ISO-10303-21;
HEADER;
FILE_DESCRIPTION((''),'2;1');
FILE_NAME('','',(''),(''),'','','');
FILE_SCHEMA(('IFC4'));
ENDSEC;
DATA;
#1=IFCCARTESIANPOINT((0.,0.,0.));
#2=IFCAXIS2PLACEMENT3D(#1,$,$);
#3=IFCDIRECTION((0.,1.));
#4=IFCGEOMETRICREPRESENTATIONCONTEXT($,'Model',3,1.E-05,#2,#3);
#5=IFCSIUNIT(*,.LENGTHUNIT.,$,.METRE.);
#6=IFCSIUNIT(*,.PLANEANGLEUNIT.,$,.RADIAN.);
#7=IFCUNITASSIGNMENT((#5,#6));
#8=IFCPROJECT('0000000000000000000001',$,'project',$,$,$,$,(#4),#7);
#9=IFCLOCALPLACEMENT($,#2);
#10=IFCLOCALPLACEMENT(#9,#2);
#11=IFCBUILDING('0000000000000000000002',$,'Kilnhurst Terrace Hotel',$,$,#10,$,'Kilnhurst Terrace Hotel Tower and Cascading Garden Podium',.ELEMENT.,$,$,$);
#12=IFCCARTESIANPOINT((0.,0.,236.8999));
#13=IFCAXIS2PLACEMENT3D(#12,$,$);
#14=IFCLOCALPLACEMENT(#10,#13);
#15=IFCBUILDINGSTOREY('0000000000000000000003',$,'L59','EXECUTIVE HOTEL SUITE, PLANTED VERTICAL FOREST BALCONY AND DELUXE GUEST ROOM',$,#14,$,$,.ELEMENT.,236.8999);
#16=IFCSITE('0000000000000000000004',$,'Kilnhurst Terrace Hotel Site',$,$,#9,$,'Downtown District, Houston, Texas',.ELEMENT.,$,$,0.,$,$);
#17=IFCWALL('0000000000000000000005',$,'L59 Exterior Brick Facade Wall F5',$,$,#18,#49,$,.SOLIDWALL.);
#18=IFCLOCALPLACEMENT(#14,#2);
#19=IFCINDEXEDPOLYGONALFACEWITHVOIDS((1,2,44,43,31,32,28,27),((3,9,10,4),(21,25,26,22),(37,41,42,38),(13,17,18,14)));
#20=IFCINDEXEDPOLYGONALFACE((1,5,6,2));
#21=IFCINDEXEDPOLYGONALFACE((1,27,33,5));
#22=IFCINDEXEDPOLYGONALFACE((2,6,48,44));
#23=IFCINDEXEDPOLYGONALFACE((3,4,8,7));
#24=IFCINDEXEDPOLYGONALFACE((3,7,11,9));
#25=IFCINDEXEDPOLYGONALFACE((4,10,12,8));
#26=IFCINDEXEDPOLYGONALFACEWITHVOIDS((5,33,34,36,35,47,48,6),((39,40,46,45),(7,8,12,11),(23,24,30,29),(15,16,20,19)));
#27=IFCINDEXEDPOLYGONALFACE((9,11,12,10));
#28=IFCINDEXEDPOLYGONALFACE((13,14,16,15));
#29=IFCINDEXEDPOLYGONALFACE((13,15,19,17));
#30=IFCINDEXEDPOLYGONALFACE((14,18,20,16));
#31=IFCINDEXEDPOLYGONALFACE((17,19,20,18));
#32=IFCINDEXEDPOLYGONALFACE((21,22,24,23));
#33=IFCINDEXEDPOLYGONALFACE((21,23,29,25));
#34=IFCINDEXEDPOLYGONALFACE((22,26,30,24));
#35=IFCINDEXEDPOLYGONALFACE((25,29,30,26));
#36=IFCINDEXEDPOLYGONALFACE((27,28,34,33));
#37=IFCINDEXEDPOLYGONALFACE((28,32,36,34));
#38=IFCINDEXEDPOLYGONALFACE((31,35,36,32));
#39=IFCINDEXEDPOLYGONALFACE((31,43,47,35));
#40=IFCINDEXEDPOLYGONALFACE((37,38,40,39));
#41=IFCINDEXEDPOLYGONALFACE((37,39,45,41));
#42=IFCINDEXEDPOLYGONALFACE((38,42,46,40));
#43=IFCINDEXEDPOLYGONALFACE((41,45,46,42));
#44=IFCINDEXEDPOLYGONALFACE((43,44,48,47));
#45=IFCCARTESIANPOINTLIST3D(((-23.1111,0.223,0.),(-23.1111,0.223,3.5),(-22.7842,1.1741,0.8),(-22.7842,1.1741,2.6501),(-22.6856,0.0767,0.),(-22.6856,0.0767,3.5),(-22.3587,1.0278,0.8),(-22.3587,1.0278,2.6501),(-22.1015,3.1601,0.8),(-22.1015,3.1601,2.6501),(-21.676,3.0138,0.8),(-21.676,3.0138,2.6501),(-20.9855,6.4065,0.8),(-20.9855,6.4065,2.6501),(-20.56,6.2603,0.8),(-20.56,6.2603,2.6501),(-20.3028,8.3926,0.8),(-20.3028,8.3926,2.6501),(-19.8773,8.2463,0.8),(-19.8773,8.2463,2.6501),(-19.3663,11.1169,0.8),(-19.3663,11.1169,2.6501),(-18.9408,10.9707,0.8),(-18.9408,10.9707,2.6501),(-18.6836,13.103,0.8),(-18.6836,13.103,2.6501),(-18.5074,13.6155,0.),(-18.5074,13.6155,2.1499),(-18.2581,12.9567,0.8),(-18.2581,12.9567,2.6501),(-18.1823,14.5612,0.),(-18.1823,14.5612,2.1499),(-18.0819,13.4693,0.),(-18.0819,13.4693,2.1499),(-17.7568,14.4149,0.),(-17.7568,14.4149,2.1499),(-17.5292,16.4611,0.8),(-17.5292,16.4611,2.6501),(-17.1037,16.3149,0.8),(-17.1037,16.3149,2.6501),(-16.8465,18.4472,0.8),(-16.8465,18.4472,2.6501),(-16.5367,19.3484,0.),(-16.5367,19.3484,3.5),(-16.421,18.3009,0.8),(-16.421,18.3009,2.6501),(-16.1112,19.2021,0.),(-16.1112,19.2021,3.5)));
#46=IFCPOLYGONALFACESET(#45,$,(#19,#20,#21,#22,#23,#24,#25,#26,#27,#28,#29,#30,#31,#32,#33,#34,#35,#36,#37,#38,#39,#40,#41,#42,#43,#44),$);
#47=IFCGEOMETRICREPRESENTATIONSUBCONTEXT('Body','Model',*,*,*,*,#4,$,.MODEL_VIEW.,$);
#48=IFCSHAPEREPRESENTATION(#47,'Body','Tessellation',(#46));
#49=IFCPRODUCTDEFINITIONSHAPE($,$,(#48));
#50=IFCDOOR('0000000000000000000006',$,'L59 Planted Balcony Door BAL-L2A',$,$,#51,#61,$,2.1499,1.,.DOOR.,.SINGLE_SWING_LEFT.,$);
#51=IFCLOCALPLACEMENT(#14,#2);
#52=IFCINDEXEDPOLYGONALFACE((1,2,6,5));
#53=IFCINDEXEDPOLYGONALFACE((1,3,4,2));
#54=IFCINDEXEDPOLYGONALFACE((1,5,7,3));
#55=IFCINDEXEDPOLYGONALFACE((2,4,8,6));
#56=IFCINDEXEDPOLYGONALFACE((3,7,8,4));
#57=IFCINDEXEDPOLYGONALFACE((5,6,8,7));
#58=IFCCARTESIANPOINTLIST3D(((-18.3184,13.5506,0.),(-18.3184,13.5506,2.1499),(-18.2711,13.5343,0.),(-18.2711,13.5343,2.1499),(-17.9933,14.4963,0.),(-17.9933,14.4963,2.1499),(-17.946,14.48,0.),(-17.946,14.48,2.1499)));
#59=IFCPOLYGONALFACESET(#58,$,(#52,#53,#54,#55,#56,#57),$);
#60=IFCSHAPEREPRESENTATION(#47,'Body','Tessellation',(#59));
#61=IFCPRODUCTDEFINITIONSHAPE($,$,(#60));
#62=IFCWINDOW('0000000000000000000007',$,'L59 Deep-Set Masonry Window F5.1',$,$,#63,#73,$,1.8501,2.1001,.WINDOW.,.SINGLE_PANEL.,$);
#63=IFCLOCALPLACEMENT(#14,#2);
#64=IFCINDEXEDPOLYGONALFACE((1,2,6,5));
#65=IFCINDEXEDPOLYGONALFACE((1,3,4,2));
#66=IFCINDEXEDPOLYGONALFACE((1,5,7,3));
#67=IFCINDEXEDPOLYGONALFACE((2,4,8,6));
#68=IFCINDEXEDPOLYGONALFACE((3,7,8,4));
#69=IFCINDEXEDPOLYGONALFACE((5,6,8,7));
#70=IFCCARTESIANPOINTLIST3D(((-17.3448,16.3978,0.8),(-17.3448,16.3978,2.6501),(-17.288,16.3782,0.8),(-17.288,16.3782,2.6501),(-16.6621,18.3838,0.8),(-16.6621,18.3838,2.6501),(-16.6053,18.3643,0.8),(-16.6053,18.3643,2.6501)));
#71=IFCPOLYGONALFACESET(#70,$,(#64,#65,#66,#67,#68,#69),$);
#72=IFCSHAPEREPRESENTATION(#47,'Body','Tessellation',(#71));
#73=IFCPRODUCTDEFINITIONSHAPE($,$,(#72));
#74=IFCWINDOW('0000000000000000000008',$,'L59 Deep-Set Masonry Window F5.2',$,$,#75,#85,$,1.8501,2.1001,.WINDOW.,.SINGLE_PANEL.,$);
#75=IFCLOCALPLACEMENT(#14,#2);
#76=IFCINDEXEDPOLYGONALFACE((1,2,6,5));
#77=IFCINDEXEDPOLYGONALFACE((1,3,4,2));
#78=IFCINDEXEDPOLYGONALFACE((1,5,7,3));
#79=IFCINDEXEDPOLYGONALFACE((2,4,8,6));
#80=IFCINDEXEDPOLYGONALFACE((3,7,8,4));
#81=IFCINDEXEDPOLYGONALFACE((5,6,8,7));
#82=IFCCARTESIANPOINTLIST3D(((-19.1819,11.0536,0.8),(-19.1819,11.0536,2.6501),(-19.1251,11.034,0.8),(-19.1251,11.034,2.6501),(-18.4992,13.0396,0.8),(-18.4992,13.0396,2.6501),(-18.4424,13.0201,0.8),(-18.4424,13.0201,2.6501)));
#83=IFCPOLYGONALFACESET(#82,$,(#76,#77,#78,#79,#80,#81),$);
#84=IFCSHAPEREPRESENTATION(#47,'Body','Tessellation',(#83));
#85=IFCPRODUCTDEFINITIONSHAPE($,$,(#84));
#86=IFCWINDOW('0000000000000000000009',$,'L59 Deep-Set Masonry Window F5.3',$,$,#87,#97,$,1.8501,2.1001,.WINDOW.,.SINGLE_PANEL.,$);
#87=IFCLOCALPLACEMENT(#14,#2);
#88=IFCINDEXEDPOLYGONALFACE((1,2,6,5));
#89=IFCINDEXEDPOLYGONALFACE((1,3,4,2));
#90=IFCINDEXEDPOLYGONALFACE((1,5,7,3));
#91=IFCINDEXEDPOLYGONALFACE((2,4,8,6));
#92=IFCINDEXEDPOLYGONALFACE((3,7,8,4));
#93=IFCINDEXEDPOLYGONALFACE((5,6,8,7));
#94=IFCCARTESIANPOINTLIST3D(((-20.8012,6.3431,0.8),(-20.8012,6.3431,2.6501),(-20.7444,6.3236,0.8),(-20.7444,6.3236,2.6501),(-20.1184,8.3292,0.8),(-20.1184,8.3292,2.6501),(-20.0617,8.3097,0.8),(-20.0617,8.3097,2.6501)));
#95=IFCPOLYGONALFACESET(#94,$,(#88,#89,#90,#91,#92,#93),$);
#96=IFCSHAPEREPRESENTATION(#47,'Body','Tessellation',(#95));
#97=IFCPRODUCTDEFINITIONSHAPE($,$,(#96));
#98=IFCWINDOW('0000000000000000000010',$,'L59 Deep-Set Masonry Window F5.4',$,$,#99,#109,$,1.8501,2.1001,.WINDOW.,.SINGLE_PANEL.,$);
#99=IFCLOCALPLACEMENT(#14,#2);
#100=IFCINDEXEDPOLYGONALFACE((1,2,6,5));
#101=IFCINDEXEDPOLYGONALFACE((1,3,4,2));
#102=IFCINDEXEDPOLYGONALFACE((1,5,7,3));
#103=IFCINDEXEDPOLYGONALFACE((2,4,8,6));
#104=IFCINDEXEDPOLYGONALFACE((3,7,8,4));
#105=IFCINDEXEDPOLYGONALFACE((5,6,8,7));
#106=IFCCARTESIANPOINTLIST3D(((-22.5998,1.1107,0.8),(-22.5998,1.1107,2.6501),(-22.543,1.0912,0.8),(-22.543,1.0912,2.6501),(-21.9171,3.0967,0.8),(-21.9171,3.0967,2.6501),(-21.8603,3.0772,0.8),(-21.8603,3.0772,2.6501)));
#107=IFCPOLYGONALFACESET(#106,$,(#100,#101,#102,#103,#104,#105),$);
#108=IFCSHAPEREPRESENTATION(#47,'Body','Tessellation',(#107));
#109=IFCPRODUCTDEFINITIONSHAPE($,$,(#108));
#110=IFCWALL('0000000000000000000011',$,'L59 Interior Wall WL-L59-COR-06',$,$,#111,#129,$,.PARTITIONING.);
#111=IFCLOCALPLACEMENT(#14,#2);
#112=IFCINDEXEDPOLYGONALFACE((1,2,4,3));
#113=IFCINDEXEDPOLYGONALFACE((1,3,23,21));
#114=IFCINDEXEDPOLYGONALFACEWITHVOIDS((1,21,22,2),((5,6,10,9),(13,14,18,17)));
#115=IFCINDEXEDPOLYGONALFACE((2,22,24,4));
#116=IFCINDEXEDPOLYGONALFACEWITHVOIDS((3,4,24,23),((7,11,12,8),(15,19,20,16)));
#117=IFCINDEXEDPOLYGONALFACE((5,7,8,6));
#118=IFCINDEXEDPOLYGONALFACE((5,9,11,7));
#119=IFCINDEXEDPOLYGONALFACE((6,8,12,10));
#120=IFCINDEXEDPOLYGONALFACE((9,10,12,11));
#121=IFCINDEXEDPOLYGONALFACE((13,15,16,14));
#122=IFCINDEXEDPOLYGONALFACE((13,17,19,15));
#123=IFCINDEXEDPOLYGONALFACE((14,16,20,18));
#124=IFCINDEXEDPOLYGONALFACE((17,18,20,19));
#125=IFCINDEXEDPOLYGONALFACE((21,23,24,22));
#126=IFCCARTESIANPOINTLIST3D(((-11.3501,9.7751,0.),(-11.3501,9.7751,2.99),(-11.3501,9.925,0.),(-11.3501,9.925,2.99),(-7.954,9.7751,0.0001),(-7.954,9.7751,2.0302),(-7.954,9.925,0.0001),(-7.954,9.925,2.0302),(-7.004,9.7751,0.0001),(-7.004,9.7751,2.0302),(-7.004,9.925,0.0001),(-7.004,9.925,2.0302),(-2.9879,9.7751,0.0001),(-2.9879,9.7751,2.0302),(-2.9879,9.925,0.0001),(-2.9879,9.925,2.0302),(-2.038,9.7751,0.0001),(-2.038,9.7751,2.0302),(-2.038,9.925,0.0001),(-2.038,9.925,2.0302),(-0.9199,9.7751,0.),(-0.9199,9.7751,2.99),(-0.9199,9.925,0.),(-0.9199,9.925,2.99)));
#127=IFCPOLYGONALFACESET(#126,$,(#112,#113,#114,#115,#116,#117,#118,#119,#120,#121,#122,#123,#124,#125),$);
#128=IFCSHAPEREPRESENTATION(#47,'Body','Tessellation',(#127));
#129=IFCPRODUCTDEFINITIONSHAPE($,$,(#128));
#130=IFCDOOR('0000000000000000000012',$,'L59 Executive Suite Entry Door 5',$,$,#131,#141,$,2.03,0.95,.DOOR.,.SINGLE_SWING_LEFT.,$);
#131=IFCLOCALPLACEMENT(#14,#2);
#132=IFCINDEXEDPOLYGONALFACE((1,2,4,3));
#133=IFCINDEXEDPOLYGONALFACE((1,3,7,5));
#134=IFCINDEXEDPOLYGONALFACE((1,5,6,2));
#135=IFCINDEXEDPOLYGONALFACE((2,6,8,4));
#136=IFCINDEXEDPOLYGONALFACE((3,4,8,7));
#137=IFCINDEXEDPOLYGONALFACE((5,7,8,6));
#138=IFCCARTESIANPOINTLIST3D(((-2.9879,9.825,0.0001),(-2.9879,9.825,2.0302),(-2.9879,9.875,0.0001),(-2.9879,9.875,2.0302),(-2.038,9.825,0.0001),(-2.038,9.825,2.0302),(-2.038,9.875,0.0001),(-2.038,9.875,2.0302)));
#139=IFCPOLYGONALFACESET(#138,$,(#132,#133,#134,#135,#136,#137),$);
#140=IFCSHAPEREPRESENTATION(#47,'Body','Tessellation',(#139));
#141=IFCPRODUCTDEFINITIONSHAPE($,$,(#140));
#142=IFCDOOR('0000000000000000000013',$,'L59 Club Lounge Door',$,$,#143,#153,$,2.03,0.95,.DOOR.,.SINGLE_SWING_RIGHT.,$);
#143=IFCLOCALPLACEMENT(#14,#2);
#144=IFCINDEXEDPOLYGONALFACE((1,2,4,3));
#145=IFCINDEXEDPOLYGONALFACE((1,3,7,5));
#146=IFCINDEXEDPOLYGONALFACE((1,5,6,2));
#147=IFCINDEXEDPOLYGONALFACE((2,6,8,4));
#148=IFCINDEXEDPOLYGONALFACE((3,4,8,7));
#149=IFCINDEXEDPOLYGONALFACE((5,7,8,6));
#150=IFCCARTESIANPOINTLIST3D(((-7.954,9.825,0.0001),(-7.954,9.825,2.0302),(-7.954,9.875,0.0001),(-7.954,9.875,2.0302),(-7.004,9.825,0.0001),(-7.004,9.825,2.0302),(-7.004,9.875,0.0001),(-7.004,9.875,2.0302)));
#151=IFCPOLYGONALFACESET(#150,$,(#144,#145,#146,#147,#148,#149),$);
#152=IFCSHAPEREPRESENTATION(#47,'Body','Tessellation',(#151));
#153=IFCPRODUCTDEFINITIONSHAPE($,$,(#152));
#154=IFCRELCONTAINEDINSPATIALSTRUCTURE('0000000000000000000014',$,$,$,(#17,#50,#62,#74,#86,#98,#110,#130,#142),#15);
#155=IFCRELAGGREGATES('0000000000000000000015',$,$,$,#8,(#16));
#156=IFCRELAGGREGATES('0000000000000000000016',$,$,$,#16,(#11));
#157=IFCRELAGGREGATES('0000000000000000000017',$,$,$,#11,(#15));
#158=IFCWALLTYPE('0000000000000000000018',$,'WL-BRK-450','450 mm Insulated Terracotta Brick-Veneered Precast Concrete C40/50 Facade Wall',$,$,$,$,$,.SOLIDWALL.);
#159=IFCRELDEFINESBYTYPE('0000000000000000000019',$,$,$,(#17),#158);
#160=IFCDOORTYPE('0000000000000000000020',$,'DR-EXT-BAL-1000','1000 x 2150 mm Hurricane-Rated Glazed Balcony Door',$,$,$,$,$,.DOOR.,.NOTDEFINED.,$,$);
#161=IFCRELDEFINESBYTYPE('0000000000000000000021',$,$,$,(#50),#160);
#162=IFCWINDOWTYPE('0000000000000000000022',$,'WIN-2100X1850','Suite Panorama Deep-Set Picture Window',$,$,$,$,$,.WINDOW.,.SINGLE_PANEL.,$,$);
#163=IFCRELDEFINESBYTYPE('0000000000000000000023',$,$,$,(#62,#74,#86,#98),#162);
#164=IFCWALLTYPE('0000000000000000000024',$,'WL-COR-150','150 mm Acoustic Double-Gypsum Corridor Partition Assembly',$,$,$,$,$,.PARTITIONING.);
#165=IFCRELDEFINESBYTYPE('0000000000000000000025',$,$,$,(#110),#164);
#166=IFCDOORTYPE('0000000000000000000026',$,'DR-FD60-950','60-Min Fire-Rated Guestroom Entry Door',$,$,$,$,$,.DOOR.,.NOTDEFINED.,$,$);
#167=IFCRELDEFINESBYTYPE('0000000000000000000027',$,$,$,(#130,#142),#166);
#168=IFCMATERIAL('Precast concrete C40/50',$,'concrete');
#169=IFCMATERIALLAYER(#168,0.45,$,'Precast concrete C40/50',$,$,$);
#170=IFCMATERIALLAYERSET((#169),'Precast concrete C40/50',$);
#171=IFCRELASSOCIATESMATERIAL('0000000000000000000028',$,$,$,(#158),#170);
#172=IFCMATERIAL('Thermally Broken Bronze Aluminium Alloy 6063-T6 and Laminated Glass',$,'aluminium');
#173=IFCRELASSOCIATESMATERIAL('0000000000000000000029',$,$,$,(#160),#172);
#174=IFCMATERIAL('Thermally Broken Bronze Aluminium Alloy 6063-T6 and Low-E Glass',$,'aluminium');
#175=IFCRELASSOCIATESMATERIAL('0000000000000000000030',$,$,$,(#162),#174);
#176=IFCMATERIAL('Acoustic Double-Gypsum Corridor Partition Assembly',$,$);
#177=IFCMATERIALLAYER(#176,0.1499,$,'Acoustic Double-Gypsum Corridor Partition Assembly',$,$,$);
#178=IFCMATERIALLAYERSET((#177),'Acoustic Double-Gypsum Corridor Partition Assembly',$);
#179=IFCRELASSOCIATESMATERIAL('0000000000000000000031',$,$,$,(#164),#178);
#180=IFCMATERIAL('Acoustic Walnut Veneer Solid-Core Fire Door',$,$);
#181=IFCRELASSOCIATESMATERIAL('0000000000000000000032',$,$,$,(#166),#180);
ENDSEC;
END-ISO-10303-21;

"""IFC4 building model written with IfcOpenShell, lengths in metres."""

from ifc_helpers import new_model, si_unit, direction, frame, frame_2d, origin, place, context, subcontext, project, spatial, rectangle, extrude, material, layer, layer_set, type_object, element, fill, save


model = new_model("IFC4")

# Units and contexts
model_context = context("Model", 3, precision=1e-05, world=origin(), true_north=direction((0.0, 1.0)))
body_context = subcontext(model_context, "Body", "Model", "MODEL_VIEW")
ifc_project = project(units=[si_unit("LENGTHUNIT", "METRE"), si_unit("PLANEANGLEUNIT", "RADIAN")], contexts=[model_context])

# Site, building, storey
site_placement = place(None, origin())
site = spatial("IfcSite", under=ifc_project, at=site_placement, Name="Kilnhurst Terrace Hotel Site", LongName="Downtown District, Houston, Texas", CompositionType="ELEMENT", RefElevation=0.0)
building_placement = place(site_placement, origin())
building = spatial("IfcBuilding", under=site, at=building_placement, Name="Kilnhurst Terrace Hotel", LongName="Kilnhurst Terrace Hotel Tower and Cascading Garden Podium", CompositionType="ELEMENT")
storey_placement = place(building_placement, frame((0.0, 0.0, 236.8999)))
storey = spatial("IfcBuildingStorey", under=building, at=storey_placement, Name="L59", Description="EXECUTIVE HOTEL SUITE, PLANTED VERTICAL FOREST BALCONY AND DELUXE GUEST ROOM", CompositionType="ELEMENT", Elevation=236.8999)

# Shared definitions
ifc_material_1 = material(Name="Precast concrete C40/50", Category="concrete")
ifc_layer_1 = layer(ifc_material_1, 0.45, Name="Precast concrete C40/50")
ifc_layer_set_1 = layer_set([ifc_layer_1], Name="Precast concrete C40/50")
wall_type_1 = type_object("IfcWallType", Name="WL-BRK-450", Description="450 mm Insulated Terracotta Brick-Veneered Precast Concrete C40/50 Facade Wall", PredefinedType="SOLIDWALL", material=ifc_layer_set_1)

# Wall, openings, door, windows
wall_1_placement = place(storey_placement, frame((-16.324, 19.2751, 0.0), z_axis=(0.0, 0.0, 1.0), x_axis=(-0.325083, -0.945685, 0.0)))
wall_1 = element("IfcWall", 1, at=wall_1_placement, inside=storey, type_object=wall_type_1, Name="L59 Exterior Brick Facade Wall F5", PredefinedType="SOLIDWALL", context=body_context, shape_type="SweptSolid", body=[
    extrude(rectangle(XDim=20.2239, YDim=0.45, at=frame_2d((10.1118, 0.0))), origin(), (0.0, 0.0, 1.0), 3.5),
])
opening_1_placement = place(wall_1_placement, frame((5.062, 0.0, 0.0)))
opening_1 = element("IfcOpeningElement", 2, at=opening_1_placement, cuts=wall_1, PredefinedType="OPENING", context=body_context, shape_type="SweptSolid", body=[
    extrude(rectangle(XDim=1.0, YDim=2.1499, at=frame_2d((0.5, 1.075))), frame((0.0, 0.2349, 0.0), z_axis=(0.0, -1.0, 0.0), x_axis=(1.0, 0.0, 0.0)), (0.0, 0.0, 1.0), 0.47),
])
opening_2_placement = place(wall_1_placement, frame((0.9529, 0.0, 0.8)))
opening_2 = element("IfcOpeningElement", 3, at=opening_2_placement, cuts=wall_1, PredefinedType="OPENING", context=body_context, shape_type="SweptSolid", body=[
    extrude(rectangle(XDim=2.1001, YDim=1.8501, at=frame_2d((1.05, 0.925))), frame((0.0, 0.2349, 0.0), z_axis=(0.0, -1.0, 0.0), x_axis=(1.0, 0.0, 0.0)), (0.0, 0.0, 1.0), 0.47),
])
opening_3_placement = place(wall_1_placement, frame((6.604, 0.0, 0.8)))
opening_3 = element("IfcOpeningElement", 4, at=opening_3_placement, cuts=wall_1, PredefinedType="OPENING", context=body_context, shape_type="SweptSolid", body=[
    extrude(rectangle(XDim=2.1001, YDim=1.8501, at=frame_2d((1.05, 0.925))), frame((0.0, 0.2349, 0.0), z_axis=(0.0, -1.0, 0.0), x_axis=(1.0, 0.0, 0.0)), (0.0, 0.0, 1.0), 0.47),
])
opening_4_placement = place(wall_1_placement, frame((11.585, 0.0, 0.8)))
opening_4 = element("IfcOpeningElement", 5, at=opening_4_placement, cuts=wall_1, PredefinedType="OPENING", context=body_context, shape_type="SweptSolid", body=[
    extrude(rectangle(XDim=2.1001, YDim=1.8501, at=frame_2d((1.05, 0.925))), frame((0.0, 0.2349, 0.0), z_axis=(0.0, -1.0, 0.0), x_axis=(1.0, 0.0, 0.0)), (0.0, 0.0, 1.0), 0.47),
])
opening_5_placement = place(wall_1_placement, frame((17.1179, 0.0, 0.8)))
opening_5 = element("IfcOpeningElement", 6, at=opening_5_placement, cuts=wall_1, PredefinedType="OPENING", context=body_context, shape_type="SweptSolid", body=[
    extrude(rectangle(XDim=2.1001, YDim=1.8501, at=frame_2d((1.05, 0.925))), frame((0.0, 0.2349, 0.0), z_axis=(0.0, -1.0, 0.0), x_axis=(1.0, 0.0, 0.0)), (0.0, 0.0, 1.0), 0.47),
])
ifc_material_2 = material(Name="Thermally Broken Bronze Aluminium Alloy 6063-T6 and Laminated Glass", Category="aluminium")
door_type_1 = type_object("IfcDoorType", Name="DR-EXT-BAL-1000", Description="1000 x 2150 mm Hurricane-Rated Glazed Balcony Door", OperationType="NOTDEFINED", PredefinedType="DOOR", material=ifc_material_2)
door_1_placement = place(opening_1_placement, origin())
door_1 = element("IfcDoor", 7, at=door_1_placement, inside=storey, type_object=door_type_1, Name="L59 Planted Balcony Door BAL-L2A", OperationType="SINGLE_SWING_LEFT", OverallHeight=2.1499, OverallWidth=1.0, PredefinedType="DOOR", context=body_context, shape_type="SweptSolid", body=[
    extrude(rectangle(XDim=1.0, YDim=2.1499, at=frame_2d((0.5, 1.075))), frame((0.0, 0.0249, 0.0), z_axis=(0.0, -1.0, 0.0), x_axis=(1.0, 0.0, 0.0)), (0.0, 0.0, 1.0), 0.05),
])
fill(opening_1, door_1)
ifc_material_3 = material(Name="Thermally Broken Bronze Aluminium Alloy 6063-T6 and Low-E Glass", Category="aluminium")
window_type = type_object("IfcWindowType", Name="WIN-2100X1850", Description="Suite Panorama Deep-Set Picture Window", PartitioningType="SINGLE_PANEL", PredefinedType="WINDOW", material=ifc_material_3)
window_1_placement = place(opening_2_placement, origin())
window_1 = element("IfcWindow", 8, at=window_1_placement, inside=storey, type_object=window_type, Name="L59 Deep-Set Masonry Window F5.1", OverallHeight=1.8501, OverallWidth=2.1001, PartitioningType="SINGLE_PANEL", PredefinedType="WINDOW", context=body_context, shape_type="SweptSolid", body=[
    extrude(rectangle(XDim=2.1001, YDim=1.8501, at=frame_2d((1.05, 0.925))), frame((0.0, 0.03, 0.0), z_axis=(0.0, -1.0, 0.0), x_axis=(1.0, 0.0, 0.0)), (0.0, 0.0, 1.0), 0.0601),
])
fill(opening_2, window_1)
window_2_placement = place(opening_3_placement, origin())
window_2 = element("IfcWindow", 9, at=window_2_placement, inside=storey, type_object=window_type, Name="L59 Deep-Set Masonry Window F5.2", OverallHeight=1.8501, OverallWidth=2.1001, PartitioningType="SINGLE_PANEL", PredefinedType="WINDOW", context=body_context, shape_type="SweptSolid", body=[
    extrude(rectangle(XDim=2.1001, YDim=1.8501, at=frame_2d((1.05, 0.925))), frame((0.0, 0.03, 0.0), z_axis=(0.0, -1.0, 0.0), x_axis=(1.0, 0.0, 0.0)), (0.0, 0.0, 1.0), 0.0601),
])
fill(opening_3, window_2)
window_3_placement = place(opening_4_placement, origin())
window_3 = element("IfcWindow", 10, at=window_3_placement, inside=storey, type_object=window_type, Name="L59 Deep-Set Masonry Window F5.3", OverallHeight=1.8501, OverallWidth=2.1001, PartitioningType="SINGLE_PANEL", PredefinedType="WINDOW", context=body_context, shape_type="SweptSolid", body=[
    extrude(rectangle(XDim=2.1001, YDim=1.8501, at=frame_2d((1.05, 0.925))), frame((0.0, 0.03, 0.0), z_axis=(0.0, -1.0, 0.0), x_axis=(1.0, 0.0, 0.0)), (0.0, 0.0, 1.0), 0.0601),
])
fill(opening_4, window_3)
window_4_placement = place(opening_5_placement, origin())
window_4 = element("IfcWindow", 11, at=window_4_placement, inside=storey, type_object=window_type, Name="L59 Deep-Set Masonry Window F5.4", OverallHeight=1.8501, OverallWidth=2.1001, PartitioningType="SINGLE_PANEL", PredefinedType="WINDOW", context=body_context, shape_type="SweptSolid", body=[
    extrude(rectangle(XDim=2.1001, YDim=1.8501, at=frame_2d((1.05, 0.925))), frame((0.0, 0.03, 0.0), z_axis=(0.0, -1.0, 0.0), x_axis=(1.0, 0.0, 0.0)), (0.0, 0.0, 1.0), 0.0601),
])
fill(opening_5, window_4)

# Wall, openings, doors
ifc_material_4 = material(Name="Acoustic Double-Gypsum Corridor Partition Assembly")
ifc_layer_2 = layer(ifc_material_4, 0.1499, Name="Acoustic Double-Gypsum Corridor Partition Assembly")
ifc_layer_set_2 = layer_set([ifc_layer_2], Name="Acoustic Double-Gypsum Corridor Partition Assembly")
wall_type_2 = type_object("IfcWallType", Name="WL-COR-150", Description="150 mm Acoustic Double-Gypsum Corridor Partition Assembly", PredefinedType="PARTITIONING", material=ifc_layer_set_2)
wall_2_placement = place(storey_placement, frame((-11.3501, 9.8501, 0.0), z_axis=(0.0, 0.0, 1.0), x_axis=(1.0, 0.0, 0.0)))
wall_2 = element("IfcWall", 12, at=wall_2_placement, inside=storey, type_object=wall_type_2, Name="L59 Interior Wall WL-L59-COR-06", PredefinedType="PARTITIONING", context=body_context, shape_type="SweptSolid", body=[
    extrude(rectangle(XDim=10.4302, YDim=0.1499, at=frame_2d((5.2151, 0.0))), origin(), (0.0, 0.0, 1.0), 2.99),
])
opening_6_placement = place(wall_2_placement, frame((8.3621, 0.0, 0.0)))
opening_6 = element("IfcOpeningElement", 13, at=opening_6_placement, cuts=wall_2, PredefinedType="OPENING", context=body_context, shape_type="SweptSolid", body=[
    extrude(rectangle(XDim=0.95, YDim=2.03, at=frame_2d((0.4751, 1.0151))), frame((0.0, 0.085, 0.0), z_axis=(0.0, -1.0, 0.0), x_axis=(1.0, 0.0, 0.0)), (0.0, 0.0, 1.0), 0.1699),
])
opening_7_placement = place(wall_2_placement, frame((3.396, 0.0, 0.0)))
opening_7 = element("IfcOpeningElement", 14, at=opening_7_placement, cuts=wall_2, PredefinedType="OPENING", context=body_context, shape_type="SweptSolid", body=[
    extrude(rectangle(XDim=0.95, YDim=2.03, at=frame_2d((0.4751, 1.0151))), frame((0.0, 0.085, 0.0), z_axis=(0.0, -1.0, 0.0), x_axis=(1.0, 0.0, 0.0)), (0.0, 0.0, 1.0), 0.1699),
])
ifc_material_5 = material(Name="Acoustic Walnut Veneer Solid-Core Fire Door")
door_type_2 = type_object("IfcDoorType", Name="DR-FD60-950", Description="60-Min Fire-Rated Guestroom Entry Door", OperationType="NOTDEFINED", PredefinedType="DOOR", material=ifc_material_5)
door_2_placement = place(opening_6_placement, origin())
door_2 = element("IfcDoor", 15, at=door_2_placement, inside=storey, type_object=door_type_2, Name="L59 Executive Suite Entry Door 5", OperationType="SINGLE_SWING_LEFT", OverallHeight=2.03, OverallWidth=0.95, PredefinedType="DOOR", context=body_context, shape_type="SweptSolid", body=[
    extrude(rectangle(XDim=0.95, YDim=2.03, at=frame_2d((0.4751, 1.0151))), frame((0.0, 0.0249, 0.0), z_axis=(0.0, -1.0, 0.0), x_axis=(1.0, 0.0, 0.0)), (0.0, 0.0, 1.0), 0.05),
])
fill(opening_6, door_2)
door_3_placement = place(opening_7_placement, origin())
door_3 = element("IfcDoor", 16, at=door_3_placement, inside=storey, type_object=door_type_2, Name="L59 Club Lounge Door", OperationType="SINGLE_SWING_RIGHT", OverallHeight=2.03, OverallWidth=0.95, PredefinedType="DOOR", context=body_context, shape_type="SweptSolid", body=[
    extrude(rectangle(XDim=0.95, YDim=2.03, at=frame_2d((0.4751, 1.0151))), frame((0.0, 0.0249, 0.0), z_axis=(0.0, -1.0, 0.0), x_axis=(1.0, 0.0, 0.0)), (0.0, 0.0, 1.0), 0.05),
])
fill(opening_7, door_3)

save(model, "model.ifc")
